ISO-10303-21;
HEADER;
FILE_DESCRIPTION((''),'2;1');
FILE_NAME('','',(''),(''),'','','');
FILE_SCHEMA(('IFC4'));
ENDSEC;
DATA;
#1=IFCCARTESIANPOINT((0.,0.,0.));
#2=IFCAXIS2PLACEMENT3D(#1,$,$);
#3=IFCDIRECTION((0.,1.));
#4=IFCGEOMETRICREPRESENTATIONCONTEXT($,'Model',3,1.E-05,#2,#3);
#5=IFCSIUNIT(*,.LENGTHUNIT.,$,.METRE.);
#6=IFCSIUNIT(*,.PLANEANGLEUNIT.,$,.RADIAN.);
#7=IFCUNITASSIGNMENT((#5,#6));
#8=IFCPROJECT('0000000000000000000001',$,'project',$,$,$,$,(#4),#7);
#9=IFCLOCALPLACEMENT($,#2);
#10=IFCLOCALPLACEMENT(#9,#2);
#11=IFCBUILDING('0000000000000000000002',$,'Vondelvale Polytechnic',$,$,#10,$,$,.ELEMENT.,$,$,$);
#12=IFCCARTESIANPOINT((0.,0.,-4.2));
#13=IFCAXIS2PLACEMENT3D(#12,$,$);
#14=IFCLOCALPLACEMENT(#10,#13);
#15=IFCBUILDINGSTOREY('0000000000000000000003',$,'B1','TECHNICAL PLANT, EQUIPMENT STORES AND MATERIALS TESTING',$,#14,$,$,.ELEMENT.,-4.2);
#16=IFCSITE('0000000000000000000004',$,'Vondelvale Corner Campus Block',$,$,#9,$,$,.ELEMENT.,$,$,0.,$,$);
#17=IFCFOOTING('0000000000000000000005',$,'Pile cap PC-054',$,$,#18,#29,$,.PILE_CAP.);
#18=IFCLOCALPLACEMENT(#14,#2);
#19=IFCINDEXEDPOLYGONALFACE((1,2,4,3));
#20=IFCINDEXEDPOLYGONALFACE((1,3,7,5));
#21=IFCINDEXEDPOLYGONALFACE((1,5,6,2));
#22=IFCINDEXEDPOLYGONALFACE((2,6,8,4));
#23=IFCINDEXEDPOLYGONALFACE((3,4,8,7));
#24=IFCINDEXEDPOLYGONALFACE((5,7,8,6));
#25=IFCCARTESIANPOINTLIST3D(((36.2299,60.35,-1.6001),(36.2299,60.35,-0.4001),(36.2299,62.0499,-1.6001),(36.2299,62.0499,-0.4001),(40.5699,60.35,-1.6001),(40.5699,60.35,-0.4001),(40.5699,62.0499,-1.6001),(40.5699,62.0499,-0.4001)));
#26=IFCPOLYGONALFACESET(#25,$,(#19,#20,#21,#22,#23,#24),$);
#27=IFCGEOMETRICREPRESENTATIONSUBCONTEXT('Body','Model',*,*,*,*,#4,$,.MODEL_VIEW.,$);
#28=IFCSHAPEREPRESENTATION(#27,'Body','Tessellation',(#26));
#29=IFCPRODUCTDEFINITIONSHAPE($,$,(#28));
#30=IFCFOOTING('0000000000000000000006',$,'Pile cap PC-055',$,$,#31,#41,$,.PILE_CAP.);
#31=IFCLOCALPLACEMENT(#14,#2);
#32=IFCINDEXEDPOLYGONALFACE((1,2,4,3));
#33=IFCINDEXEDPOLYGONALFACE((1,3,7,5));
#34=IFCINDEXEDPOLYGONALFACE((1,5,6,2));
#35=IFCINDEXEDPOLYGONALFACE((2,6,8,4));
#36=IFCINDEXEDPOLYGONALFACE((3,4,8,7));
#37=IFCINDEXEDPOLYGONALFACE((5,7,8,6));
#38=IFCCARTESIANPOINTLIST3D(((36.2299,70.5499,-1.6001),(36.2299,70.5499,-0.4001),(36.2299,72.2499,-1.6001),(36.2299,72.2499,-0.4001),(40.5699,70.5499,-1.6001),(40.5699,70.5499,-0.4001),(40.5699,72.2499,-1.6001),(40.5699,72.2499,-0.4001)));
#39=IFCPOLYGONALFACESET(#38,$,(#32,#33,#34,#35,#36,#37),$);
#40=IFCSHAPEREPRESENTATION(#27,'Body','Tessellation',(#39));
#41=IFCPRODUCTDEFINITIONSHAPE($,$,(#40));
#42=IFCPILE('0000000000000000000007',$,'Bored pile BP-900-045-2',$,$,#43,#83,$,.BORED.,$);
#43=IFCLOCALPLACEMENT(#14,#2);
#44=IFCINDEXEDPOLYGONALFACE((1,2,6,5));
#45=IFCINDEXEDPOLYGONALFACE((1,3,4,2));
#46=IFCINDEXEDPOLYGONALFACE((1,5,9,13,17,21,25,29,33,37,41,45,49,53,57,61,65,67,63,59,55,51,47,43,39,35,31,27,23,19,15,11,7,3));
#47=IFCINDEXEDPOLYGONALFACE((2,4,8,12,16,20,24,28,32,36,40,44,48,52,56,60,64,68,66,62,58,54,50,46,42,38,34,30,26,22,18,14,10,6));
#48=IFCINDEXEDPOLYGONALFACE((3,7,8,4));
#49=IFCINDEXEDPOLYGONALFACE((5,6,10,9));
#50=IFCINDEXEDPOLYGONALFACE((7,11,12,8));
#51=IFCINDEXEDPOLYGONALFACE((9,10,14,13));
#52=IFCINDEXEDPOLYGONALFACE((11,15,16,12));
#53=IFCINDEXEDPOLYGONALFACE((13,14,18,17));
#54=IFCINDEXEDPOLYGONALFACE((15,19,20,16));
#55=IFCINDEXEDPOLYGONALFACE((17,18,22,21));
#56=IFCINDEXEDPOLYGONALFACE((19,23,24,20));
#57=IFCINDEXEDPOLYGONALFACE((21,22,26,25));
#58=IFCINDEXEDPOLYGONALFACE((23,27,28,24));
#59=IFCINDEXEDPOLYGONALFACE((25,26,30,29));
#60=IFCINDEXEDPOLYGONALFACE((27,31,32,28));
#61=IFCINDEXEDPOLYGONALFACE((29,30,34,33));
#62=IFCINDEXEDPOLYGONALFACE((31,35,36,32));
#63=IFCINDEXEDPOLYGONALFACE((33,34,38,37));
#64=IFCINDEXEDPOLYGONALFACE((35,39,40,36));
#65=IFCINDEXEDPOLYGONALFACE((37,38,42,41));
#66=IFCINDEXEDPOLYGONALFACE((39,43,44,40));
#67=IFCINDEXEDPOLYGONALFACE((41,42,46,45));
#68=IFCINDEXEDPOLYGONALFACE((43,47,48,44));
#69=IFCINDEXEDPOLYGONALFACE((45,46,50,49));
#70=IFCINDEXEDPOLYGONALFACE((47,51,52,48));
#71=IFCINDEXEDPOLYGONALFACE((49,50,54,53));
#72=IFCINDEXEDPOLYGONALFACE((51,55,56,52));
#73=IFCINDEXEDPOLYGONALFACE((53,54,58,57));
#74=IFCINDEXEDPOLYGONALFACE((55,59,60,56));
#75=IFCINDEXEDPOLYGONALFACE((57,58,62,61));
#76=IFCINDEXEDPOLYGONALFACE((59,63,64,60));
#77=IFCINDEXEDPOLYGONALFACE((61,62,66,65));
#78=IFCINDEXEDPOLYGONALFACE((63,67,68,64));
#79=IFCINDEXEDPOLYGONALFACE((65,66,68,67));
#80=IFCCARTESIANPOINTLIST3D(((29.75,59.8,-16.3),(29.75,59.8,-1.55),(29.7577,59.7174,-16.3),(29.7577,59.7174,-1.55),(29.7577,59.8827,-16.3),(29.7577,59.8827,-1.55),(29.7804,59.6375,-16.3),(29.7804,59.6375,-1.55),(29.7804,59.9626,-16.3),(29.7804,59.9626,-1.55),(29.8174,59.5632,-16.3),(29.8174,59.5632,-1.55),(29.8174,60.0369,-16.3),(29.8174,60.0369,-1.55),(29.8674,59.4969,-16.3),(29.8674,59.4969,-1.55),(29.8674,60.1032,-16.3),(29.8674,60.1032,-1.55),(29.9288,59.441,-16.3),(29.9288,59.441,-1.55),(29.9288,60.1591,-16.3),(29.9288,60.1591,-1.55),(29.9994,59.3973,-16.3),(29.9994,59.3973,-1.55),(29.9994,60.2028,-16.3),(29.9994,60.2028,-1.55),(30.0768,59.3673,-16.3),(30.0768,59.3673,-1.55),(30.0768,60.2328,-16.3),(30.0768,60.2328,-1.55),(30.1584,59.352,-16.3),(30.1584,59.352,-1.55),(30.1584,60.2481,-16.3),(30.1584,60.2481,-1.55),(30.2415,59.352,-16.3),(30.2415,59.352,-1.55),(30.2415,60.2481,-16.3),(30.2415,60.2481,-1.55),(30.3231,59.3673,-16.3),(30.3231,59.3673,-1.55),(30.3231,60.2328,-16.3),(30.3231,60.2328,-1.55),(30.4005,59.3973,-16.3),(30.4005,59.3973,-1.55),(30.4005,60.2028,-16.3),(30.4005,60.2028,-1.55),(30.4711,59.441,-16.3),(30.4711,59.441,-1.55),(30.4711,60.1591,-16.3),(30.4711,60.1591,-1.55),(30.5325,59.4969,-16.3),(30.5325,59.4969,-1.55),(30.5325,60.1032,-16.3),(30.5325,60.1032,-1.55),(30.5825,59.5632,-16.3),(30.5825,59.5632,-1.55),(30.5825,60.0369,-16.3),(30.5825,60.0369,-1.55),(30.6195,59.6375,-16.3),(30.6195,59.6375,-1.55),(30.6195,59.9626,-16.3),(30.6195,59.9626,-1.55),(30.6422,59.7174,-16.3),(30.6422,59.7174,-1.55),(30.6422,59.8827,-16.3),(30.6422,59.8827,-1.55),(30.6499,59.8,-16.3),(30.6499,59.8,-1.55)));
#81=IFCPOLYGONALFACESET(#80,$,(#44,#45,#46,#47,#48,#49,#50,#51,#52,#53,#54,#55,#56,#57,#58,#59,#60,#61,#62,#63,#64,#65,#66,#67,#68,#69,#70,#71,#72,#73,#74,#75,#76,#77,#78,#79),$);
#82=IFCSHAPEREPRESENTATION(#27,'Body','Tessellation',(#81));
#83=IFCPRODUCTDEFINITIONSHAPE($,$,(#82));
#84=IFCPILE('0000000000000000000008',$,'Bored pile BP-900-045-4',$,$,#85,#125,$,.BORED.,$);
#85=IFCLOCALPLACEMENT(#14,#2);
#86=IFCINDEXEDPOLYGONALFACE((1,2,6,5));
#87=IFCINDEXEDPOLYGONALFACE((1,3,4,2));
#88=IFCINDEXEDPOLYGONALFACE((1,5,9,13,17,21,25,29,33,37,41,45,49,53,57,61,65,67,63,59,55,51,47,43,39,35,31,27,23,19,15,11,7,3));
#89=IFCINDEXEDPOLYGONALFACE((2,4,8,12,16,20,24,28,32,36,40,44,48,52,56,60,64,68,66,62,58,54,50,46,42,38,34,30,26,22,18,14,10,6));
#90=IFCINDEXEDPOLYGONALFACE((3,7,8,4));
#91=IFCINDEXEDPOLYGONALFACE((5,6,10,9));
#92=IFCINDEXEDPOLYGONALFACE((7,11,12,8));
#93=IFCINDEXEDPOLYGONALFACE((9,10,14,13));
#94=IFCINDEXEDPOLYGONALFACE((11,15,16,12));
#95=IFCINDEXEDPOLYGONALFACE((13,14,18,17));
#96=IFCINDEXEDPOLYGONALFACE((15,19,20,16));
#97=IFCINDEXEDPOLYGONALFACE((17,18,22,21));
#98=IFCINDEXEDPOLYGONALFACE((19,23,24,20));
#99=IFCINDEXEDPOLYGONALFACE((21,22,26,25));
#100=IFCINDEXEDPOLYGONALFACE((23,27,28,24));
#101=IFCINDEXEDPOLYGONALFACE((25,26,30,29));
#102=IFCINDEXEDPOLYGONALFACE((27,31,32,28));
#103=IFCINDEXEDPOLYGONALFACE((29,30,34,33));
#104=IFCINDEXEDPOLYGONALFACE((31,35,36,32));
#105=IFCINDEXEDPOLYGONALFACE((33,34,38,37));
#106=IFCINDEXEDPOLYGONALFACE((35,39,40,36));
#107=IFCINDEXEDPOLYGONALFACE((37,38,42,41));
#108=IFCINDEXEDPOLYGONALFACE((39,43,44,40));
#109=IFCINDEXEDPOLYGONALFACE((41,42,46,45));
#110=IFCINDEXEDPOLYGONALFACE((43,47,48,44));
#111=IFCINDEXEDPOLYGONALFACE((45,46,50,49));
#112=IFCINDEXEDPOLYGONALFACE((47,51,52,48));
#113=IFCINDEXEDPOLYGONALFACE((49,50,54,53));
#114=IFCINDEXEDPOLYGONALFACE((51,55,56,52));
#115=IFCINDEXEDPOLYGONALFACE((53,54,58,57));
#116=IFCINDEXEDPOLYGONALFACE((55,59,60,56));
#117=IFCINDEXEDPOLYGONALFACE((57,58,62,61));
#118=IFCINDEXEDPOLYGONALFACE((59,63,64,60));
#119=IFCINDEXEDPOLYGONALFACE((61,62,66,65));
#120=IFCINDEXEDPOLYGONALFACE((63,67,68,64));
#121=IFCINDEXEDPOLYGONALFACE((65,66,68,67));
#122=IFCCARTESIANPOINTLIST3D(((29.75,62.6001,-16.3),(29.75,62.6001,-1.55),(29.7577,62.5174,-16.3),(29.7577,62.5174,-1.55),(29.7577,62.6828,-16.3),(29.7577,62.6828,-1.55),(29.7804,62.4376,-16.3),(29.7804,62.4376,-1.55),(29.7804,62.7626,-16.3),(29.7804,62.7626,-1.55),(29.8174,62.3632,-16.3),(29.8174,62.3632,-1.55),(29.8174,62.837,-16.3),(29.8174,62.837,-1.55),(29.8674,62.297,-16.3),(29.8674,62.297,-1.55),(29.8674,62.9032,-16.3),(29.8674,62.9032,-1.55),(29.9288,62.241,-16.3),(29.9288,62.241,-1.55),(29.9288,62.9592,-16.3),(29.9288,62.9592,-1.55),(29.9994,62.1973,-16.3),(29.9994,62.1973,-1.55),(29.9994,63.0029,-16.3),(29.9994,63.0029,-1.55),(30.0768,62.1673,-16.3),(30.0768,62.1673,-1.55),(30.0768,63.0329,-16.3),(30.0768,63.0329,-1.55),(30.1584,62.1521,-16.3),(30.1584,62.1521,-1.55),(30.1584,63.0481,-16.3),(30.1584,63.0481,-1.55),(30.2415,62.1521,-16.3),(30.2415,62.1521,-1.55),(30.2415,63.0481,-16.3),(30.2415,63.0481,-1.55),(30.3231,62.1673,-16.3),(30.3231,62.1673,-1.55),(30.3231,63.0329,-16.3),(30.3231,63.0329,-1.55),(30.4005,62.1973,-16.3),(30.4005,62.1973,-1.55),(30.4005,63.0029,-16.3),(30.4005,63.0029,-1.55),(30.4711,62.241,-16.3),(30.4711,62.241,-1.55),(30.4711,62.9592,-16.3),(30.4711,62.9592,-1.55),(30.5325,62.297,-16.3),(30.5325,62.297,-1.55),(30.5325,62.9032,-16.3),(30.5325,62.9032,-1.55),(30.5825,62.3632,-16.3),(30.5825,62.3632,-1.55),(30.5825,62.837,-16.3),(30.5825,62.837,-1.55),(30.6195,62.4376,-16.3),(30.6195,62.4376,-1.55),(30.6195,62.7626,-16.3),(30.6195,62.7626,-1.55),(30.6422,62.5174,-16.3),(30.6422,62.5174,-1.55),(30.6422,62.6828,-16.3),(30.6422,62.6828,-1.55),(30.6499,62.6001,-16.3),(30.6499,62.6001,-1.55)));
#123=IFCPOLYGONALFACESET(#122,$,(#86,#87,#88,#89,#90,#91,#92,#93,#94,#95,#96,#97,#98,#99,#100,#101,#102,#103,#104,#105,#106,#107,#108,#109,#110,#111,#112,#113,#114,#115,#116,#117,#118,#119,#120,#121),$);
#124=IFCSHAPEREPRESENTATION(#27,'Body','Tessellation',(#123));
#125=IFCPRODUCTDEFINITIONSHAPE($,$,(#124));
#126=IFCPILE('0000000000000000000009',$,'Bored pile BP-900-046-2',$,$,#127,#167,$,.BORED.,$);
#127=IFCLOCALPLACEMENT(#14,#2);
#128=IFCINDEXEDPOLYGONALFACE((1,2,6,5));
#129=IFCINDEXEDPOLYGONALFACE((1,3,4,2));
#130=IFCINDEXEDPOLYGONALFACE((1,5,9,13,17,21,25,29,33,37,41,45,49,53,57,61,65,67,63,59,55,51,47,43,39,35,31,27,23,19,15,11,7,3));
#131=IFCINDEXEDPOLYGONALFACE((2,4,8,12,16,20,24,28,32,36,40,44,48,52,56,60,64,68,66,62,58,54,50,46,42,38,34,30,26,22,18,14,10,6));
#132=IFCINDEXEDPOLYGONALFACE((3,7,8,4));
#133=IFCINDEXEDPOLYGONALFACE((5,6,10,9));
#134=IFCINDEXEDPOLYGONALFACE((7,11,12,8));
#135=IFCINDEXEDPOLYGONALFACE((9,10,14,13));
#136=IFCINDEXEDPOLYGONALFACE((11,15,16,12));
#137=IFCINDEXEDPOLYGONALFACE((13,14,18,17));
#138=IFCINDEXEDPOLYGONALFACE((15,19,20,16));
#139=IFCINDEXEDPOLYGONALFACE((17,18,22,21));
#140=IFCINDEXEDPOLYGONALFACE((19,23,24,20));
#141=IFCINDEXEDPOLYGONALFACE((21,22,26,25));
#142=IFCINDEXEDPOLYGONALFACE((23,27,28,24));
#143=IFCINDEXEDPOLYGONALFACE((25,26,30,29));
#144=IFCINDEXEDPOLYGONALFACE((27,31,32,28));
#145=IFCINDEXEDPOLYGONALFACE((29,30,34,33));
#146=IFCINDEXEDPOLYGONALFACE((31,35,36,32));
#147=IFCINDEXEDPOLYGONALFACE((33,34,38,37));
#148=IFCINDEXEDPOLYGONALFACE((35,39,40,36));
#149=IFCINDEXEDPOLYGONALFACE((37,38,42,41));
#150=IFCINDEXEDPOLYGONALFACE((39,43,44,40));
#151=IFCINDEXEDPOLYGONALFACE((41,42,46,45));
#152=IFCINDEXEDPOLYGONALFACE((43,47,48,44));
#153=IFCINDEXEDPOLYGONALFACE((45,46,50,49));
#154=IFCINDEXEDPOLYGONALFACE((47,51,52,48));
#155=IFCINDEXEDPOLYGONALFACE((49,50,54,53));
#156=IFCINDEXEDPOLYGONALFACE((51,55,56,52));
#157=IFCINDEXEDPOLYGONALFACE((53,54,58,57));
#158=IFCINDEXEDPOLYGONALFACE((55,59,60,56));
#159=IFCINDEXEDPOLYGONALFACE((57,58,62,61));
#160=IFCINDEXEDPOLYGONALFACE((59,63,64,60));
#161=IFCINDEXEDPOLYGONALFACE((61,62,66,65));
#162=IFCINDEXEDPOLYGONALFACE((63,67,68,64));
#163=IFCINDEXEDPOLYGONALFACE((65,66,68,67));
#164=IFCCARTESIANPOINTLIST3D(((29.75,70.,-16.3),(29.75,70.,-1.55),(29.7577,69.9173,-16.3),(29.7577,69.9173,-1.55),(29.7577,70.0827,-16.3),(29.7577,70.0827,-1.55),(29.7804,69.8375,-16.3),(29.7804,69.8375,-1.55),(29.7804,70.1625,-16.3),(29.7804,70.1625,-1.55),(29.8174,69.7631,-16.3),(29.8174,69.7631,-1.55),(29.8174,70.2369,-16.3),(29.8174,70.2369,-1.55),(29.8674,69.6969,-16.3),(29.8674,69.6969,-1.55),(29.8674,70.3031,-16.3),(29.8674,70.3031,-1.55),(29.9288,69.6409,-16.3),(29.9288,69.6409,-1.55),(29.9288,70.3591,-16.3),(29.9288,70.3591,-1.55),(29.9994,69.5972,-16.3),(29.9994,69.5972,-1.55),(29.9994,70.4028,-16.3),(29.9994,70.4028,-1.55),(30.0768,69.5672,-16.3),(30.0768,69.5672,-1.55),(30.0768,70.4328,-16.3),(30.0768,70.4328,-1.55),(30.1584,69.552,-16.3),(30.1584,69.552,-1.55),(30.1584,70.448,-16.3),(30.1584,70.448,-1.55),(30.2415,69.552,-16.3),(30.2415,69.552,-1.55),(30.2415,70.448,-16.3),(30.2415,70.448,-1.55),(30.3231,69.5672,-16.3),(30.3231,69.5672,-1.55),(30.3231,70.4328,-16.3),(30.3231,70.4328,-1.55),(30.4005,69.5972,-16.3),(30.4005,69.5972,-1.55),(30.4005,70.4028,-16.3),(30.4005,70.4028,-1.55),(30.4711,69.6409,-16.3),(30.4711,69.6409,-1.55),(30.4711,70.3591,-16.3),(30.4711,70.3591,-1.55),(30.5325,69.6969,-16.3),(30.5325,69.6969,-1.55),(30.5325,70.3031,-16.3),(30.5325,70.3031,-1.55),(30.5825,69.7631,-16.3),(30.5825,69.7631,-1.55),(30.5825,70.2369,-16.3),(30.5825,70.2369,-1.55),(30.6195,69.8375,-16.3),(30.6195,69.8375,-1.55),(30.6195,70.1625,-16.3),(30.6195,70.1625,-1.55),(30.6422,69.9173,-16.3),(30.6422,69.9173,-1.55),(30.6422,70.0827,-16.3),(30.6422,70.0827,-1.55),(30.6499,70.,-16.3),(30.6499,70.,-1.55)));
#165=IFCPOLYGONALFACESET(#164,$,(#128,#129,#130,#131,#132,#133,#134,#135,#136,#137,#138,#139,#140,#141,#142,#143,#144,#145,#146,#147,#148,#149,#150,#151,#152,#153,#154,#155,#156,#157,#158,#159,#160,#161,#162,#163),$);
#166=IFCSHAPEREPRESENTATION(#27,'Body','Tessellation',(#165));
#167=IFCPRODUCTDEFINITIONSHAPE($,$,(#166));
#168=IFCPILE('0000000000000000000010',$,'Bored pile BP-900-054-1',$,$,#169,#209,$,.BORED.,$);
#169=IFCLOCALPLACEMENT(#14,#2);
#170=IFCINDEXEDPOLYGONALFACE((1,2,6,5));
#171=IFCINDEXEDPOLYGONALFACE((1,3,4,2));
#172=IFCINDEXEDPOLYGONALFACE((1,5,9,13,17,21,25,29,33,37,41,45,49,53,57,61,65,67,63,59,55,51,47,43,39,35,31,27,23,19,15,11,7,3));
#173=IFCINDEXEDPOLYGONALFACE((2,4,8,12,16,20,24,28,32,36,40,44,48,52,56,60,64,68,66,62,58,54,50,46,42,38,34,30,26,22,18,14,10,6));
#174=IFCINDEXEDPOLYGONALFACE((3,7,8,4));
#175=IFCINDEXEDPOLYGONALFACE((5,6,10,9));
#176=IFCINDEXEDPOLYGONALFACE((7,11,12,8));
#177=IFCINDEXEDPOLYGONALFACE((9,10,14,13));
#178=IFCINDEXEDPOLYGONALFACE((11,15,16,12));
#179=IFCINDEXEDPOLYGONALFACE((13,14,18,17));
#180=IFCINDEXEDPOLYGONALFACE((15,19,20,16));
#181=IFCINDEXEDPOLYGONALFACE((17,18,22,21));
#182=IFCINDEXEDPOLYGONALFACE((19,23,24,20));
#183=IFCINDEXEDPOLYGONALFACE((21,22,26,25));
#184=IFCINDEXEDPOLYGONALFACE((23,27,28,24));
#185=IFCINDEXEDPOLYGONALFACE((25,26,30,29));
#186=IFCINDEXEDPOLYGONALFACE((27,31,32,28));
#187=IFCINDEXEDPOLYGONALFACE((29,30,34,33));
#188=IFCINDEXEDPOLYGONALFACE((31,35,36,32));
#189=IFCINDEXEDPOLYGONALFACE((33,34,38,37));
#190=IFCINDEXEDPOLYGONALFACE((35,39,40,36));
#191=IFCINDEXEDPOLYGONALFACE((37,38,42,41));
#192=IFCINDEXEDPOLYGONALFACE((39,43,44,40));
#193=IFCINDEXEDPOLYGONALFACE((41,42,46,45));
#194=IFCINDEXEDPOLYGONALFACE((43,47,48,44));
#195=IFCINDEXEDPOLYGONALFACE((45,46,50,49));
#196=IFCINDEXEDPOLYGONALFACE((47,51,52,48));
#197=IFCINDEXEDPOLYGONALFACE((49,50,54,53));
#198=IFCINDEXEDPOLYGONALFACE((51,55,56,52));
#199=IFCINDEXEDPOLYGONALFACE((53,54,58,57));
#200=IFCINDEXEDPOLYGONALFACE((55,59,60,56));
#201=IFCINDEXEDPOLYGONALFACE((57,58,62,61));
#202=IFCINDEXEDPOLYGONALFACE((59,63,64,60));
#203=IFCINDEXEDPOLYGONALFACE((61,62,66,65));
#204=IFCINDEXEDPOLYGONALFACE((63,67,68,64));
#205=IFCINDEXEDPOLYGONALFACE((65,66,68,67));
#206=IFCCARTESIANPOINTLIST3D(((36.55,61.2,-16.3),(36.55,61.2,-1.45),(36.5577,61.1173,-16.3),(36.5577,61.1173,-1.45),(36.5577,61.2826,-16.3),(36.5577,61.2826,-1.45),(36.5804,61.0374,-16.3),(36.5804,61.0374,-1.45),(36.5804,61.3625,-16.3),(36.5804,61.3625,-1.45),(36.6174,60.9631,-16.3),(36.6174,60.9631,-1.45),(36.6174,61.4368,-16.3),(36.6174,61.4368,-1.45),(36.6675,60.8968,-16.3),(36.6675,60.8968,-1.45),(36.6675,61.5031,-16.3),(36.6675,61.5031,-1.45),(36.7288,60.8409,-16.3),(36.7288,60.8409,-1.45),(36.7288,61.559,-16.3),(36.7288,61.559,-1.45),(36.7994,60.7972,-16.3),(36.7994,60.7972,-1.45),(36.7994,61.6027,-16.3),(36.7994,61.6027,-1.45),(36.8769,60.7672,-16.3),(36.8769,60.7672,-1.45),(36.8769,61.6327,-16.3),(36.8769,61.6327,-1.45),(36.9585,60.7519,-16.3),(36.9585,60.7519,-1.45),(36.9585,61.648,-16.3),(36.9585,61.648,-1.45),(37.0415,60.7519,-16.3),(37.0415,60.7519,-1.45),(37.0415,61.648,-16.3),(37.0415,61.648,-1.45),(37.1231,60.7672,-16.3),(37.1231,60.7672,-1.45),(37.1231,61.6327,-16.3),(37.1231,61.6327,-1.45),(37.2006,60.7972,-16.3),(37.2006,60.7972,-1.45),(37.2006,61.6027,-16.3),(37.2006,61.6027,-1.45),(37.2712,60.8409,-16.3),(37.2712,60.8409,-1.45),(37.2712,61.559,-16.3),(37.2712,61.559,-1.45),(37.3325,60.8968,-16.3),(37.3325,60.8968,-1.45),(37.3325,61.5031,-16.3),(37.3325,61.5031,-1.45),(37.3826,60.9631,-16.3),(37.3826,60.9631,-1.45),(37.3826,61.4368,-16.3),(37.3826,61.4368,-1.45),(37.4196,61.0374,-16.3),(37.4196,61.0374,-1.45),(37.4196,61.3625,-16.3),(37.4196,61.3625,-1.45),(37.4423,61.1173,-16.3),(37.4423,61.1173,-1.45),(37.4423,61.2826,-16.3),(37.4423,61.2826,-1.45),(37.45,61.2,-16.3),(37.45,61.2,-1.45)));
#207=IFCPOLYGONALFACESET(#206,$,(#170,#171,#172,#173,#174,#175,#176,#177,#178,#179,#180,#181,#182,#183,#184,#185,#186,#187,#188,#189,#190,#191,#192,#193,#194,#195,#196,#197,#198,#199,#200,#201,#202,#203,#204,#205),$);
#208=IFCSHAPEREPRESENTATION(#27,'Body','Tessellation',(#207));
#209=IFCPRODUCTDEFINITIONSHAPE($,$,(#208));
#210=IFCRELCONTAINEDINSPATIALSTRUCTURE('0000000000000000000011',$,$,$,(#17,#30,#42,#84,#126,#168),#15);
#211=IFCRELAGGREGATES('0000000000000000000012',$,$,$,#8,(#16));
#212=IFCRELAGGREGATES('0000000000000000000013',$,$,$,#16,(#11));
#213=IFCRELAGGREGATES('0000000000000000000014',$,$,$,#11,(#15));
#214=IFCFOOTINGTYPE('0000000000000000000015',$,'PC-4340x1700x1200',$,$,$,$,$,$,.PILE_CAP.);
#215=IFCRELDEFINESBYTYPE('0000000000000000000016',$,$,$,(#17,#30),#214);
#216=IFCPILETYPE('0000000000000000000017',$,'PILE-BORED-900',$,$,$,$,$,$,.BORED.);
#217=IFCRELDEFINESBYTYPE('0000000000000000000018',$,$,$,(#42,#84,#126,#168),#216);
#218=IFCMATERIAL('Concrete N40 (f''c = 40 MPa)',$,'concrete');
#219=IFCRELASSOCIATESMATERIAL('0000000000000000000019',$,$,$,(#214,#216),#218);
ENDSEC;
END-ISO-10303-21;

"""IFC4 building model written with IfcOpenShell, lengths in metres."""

from ifc_helpers import new_model, si_unit, direction, frame, origin, origin_2d, place, context, subcontext, project, spatial, rectangle, circle, extrude, material, material_profile, profile_set, type_object, element, save


model = new_model("IFC4")

# Units and contexts
model_context = context("Model", 3, precision=1e-05, world=origin(), true_north=direction((0.0, 1.0)))
body_context = subcontext(model_context, "Body", "Model", "MODEL_VIEW")
ifc_project = project(units=[si_unit("LENGTHUNIT", "METRE"), si_unit("PLANEANGLEUNIT", "RADIAN")], contexts=[model_context])

# Site, building, storey
site_placement = place(None, origin())
site = spatial("IfcSite", under=ifc_project, at=site_placement, Name="Vondelvale Corner Campus Block", CompositionType="ELEMENT", RefElevation=0.0)
building_placement = place(site_placement, origin())
building = spatial("IfcBuilding", under=site, at=building_placement, Name="Vondelvale Polytechnic", CompositionType="ELEMENT")
storey_placement = place(building_placement, frame((0.0, 0.0, -4.2)))
storey = spatial("IfcBuildingStorey", under=building, at=storey_placement, Name="B1", Description="TECHNICAL PLANT, EQUIPMENT STORES AND MATERIALS TESTING", CompositionType="ELEMENT", Elevation=-4.2)

# Footings
ifc_material_1 = material(Name="Concrete N40 (f'c = 40 MPa)", Category="concrete")
footing_type = type_object("IfcFootingType", Name="PC-4340x1700x1200", PredefinedType="PILE_CAP", material=ifc_material_1)
for number, where, z_axis, x_axis, name in (
    (1, (38.3999, 61.2, -1.6001), (0.0, 0.0, 1.0), (1.0, 0.0, 0.0), "Pile cap PC-054"),
    (2, (38.3999, 71.3999, -1.6001), (0.0, 0.0, 1.0), (1.0, 0.0, 0.0), "Pile cap PC-055"),
):
    element("IfcFooting", number, at=place(storey_placement, frame(where, z_axis=z_axis, x_axis=x_axis)), inside=storey, type_object=footing_type, Name=name, PredefinedType="PILE_CAP", context=body_context, shape_type="SweptSolid", body=[
        extrude(rectangle(XDim=4.3401, YDim=1.7, at=origin_2d()), origin(), (0.0, 0.0, 1.0), 1.2),
    ])

# Piles
ifc_material_profile_1 = material_profile(ifc_material_1, circle(Radius=0.45, at=origin_2d()), Name="PILE-D900")
ifc_profile_set_1 = profile_set([ifc_material_profile_1], Name="Concrete N40 (f'c = 40 MPa)")
pile_type = type_object("IfcPileType", Name="PILE-BORED-900", PredefinedType="BORED", material=ifc_profile_set_1)
for number, where, z_axis, x_axis, name in (
    (3, (30.2, 59.8, -1.55), (0.0, 0.0, -1.0), (1.0, 0.0, 0.0), "Bored pile BP-900-045-2"),
    (4, (30.2, 62.6001, -1.55), (0.0, 0.0, -1.0), (1.0, 0.0, 0.0), "Bored pile BP-900-045-4"),
    (5, (30.2, 70.0, -1.55), (0.0, 0.0, -1.0), (1.0, 0.0, 0.0), "Bored pile BP-900-046-2"),
):
    element("IfcPile", number, at=place(storey_placement, frame(where, z_axis=z_axis, x_axis=x_axis)), inside=storey, type_object=pile_type, Name=name, PredefinedType="BORED", context=body_context, shape_type="SweptSolid", body=[
        extrude(circle(Radius=0.45, at=origin_2d()), origin(), (0.0, 0.0, 1.0), 14.75),
    ])
for number, where, z_axis, x_axis, name in (
    (6, (37.0, 61.2, -1.45), (0.0, 0.0, -1.0), (1.0, 0.0, 0.0), "Bored pile BP-900-054-1"),
):
    element("IfcPile", number, at=place(storey_placement, frame(where, z_axis=z_axis, x_axis=x_axis)), inside=storey, type_object=pile_type, Name=name, PredefinedType="BORED", context=body_context, shape_type="SweptSolid", body=[
        extrude(circle(Radius=0.45, at=origin_2d()), origin(), (0.0, 0.0, 1.0), 14.8501),
    ])

save(model, "model.ifc")
